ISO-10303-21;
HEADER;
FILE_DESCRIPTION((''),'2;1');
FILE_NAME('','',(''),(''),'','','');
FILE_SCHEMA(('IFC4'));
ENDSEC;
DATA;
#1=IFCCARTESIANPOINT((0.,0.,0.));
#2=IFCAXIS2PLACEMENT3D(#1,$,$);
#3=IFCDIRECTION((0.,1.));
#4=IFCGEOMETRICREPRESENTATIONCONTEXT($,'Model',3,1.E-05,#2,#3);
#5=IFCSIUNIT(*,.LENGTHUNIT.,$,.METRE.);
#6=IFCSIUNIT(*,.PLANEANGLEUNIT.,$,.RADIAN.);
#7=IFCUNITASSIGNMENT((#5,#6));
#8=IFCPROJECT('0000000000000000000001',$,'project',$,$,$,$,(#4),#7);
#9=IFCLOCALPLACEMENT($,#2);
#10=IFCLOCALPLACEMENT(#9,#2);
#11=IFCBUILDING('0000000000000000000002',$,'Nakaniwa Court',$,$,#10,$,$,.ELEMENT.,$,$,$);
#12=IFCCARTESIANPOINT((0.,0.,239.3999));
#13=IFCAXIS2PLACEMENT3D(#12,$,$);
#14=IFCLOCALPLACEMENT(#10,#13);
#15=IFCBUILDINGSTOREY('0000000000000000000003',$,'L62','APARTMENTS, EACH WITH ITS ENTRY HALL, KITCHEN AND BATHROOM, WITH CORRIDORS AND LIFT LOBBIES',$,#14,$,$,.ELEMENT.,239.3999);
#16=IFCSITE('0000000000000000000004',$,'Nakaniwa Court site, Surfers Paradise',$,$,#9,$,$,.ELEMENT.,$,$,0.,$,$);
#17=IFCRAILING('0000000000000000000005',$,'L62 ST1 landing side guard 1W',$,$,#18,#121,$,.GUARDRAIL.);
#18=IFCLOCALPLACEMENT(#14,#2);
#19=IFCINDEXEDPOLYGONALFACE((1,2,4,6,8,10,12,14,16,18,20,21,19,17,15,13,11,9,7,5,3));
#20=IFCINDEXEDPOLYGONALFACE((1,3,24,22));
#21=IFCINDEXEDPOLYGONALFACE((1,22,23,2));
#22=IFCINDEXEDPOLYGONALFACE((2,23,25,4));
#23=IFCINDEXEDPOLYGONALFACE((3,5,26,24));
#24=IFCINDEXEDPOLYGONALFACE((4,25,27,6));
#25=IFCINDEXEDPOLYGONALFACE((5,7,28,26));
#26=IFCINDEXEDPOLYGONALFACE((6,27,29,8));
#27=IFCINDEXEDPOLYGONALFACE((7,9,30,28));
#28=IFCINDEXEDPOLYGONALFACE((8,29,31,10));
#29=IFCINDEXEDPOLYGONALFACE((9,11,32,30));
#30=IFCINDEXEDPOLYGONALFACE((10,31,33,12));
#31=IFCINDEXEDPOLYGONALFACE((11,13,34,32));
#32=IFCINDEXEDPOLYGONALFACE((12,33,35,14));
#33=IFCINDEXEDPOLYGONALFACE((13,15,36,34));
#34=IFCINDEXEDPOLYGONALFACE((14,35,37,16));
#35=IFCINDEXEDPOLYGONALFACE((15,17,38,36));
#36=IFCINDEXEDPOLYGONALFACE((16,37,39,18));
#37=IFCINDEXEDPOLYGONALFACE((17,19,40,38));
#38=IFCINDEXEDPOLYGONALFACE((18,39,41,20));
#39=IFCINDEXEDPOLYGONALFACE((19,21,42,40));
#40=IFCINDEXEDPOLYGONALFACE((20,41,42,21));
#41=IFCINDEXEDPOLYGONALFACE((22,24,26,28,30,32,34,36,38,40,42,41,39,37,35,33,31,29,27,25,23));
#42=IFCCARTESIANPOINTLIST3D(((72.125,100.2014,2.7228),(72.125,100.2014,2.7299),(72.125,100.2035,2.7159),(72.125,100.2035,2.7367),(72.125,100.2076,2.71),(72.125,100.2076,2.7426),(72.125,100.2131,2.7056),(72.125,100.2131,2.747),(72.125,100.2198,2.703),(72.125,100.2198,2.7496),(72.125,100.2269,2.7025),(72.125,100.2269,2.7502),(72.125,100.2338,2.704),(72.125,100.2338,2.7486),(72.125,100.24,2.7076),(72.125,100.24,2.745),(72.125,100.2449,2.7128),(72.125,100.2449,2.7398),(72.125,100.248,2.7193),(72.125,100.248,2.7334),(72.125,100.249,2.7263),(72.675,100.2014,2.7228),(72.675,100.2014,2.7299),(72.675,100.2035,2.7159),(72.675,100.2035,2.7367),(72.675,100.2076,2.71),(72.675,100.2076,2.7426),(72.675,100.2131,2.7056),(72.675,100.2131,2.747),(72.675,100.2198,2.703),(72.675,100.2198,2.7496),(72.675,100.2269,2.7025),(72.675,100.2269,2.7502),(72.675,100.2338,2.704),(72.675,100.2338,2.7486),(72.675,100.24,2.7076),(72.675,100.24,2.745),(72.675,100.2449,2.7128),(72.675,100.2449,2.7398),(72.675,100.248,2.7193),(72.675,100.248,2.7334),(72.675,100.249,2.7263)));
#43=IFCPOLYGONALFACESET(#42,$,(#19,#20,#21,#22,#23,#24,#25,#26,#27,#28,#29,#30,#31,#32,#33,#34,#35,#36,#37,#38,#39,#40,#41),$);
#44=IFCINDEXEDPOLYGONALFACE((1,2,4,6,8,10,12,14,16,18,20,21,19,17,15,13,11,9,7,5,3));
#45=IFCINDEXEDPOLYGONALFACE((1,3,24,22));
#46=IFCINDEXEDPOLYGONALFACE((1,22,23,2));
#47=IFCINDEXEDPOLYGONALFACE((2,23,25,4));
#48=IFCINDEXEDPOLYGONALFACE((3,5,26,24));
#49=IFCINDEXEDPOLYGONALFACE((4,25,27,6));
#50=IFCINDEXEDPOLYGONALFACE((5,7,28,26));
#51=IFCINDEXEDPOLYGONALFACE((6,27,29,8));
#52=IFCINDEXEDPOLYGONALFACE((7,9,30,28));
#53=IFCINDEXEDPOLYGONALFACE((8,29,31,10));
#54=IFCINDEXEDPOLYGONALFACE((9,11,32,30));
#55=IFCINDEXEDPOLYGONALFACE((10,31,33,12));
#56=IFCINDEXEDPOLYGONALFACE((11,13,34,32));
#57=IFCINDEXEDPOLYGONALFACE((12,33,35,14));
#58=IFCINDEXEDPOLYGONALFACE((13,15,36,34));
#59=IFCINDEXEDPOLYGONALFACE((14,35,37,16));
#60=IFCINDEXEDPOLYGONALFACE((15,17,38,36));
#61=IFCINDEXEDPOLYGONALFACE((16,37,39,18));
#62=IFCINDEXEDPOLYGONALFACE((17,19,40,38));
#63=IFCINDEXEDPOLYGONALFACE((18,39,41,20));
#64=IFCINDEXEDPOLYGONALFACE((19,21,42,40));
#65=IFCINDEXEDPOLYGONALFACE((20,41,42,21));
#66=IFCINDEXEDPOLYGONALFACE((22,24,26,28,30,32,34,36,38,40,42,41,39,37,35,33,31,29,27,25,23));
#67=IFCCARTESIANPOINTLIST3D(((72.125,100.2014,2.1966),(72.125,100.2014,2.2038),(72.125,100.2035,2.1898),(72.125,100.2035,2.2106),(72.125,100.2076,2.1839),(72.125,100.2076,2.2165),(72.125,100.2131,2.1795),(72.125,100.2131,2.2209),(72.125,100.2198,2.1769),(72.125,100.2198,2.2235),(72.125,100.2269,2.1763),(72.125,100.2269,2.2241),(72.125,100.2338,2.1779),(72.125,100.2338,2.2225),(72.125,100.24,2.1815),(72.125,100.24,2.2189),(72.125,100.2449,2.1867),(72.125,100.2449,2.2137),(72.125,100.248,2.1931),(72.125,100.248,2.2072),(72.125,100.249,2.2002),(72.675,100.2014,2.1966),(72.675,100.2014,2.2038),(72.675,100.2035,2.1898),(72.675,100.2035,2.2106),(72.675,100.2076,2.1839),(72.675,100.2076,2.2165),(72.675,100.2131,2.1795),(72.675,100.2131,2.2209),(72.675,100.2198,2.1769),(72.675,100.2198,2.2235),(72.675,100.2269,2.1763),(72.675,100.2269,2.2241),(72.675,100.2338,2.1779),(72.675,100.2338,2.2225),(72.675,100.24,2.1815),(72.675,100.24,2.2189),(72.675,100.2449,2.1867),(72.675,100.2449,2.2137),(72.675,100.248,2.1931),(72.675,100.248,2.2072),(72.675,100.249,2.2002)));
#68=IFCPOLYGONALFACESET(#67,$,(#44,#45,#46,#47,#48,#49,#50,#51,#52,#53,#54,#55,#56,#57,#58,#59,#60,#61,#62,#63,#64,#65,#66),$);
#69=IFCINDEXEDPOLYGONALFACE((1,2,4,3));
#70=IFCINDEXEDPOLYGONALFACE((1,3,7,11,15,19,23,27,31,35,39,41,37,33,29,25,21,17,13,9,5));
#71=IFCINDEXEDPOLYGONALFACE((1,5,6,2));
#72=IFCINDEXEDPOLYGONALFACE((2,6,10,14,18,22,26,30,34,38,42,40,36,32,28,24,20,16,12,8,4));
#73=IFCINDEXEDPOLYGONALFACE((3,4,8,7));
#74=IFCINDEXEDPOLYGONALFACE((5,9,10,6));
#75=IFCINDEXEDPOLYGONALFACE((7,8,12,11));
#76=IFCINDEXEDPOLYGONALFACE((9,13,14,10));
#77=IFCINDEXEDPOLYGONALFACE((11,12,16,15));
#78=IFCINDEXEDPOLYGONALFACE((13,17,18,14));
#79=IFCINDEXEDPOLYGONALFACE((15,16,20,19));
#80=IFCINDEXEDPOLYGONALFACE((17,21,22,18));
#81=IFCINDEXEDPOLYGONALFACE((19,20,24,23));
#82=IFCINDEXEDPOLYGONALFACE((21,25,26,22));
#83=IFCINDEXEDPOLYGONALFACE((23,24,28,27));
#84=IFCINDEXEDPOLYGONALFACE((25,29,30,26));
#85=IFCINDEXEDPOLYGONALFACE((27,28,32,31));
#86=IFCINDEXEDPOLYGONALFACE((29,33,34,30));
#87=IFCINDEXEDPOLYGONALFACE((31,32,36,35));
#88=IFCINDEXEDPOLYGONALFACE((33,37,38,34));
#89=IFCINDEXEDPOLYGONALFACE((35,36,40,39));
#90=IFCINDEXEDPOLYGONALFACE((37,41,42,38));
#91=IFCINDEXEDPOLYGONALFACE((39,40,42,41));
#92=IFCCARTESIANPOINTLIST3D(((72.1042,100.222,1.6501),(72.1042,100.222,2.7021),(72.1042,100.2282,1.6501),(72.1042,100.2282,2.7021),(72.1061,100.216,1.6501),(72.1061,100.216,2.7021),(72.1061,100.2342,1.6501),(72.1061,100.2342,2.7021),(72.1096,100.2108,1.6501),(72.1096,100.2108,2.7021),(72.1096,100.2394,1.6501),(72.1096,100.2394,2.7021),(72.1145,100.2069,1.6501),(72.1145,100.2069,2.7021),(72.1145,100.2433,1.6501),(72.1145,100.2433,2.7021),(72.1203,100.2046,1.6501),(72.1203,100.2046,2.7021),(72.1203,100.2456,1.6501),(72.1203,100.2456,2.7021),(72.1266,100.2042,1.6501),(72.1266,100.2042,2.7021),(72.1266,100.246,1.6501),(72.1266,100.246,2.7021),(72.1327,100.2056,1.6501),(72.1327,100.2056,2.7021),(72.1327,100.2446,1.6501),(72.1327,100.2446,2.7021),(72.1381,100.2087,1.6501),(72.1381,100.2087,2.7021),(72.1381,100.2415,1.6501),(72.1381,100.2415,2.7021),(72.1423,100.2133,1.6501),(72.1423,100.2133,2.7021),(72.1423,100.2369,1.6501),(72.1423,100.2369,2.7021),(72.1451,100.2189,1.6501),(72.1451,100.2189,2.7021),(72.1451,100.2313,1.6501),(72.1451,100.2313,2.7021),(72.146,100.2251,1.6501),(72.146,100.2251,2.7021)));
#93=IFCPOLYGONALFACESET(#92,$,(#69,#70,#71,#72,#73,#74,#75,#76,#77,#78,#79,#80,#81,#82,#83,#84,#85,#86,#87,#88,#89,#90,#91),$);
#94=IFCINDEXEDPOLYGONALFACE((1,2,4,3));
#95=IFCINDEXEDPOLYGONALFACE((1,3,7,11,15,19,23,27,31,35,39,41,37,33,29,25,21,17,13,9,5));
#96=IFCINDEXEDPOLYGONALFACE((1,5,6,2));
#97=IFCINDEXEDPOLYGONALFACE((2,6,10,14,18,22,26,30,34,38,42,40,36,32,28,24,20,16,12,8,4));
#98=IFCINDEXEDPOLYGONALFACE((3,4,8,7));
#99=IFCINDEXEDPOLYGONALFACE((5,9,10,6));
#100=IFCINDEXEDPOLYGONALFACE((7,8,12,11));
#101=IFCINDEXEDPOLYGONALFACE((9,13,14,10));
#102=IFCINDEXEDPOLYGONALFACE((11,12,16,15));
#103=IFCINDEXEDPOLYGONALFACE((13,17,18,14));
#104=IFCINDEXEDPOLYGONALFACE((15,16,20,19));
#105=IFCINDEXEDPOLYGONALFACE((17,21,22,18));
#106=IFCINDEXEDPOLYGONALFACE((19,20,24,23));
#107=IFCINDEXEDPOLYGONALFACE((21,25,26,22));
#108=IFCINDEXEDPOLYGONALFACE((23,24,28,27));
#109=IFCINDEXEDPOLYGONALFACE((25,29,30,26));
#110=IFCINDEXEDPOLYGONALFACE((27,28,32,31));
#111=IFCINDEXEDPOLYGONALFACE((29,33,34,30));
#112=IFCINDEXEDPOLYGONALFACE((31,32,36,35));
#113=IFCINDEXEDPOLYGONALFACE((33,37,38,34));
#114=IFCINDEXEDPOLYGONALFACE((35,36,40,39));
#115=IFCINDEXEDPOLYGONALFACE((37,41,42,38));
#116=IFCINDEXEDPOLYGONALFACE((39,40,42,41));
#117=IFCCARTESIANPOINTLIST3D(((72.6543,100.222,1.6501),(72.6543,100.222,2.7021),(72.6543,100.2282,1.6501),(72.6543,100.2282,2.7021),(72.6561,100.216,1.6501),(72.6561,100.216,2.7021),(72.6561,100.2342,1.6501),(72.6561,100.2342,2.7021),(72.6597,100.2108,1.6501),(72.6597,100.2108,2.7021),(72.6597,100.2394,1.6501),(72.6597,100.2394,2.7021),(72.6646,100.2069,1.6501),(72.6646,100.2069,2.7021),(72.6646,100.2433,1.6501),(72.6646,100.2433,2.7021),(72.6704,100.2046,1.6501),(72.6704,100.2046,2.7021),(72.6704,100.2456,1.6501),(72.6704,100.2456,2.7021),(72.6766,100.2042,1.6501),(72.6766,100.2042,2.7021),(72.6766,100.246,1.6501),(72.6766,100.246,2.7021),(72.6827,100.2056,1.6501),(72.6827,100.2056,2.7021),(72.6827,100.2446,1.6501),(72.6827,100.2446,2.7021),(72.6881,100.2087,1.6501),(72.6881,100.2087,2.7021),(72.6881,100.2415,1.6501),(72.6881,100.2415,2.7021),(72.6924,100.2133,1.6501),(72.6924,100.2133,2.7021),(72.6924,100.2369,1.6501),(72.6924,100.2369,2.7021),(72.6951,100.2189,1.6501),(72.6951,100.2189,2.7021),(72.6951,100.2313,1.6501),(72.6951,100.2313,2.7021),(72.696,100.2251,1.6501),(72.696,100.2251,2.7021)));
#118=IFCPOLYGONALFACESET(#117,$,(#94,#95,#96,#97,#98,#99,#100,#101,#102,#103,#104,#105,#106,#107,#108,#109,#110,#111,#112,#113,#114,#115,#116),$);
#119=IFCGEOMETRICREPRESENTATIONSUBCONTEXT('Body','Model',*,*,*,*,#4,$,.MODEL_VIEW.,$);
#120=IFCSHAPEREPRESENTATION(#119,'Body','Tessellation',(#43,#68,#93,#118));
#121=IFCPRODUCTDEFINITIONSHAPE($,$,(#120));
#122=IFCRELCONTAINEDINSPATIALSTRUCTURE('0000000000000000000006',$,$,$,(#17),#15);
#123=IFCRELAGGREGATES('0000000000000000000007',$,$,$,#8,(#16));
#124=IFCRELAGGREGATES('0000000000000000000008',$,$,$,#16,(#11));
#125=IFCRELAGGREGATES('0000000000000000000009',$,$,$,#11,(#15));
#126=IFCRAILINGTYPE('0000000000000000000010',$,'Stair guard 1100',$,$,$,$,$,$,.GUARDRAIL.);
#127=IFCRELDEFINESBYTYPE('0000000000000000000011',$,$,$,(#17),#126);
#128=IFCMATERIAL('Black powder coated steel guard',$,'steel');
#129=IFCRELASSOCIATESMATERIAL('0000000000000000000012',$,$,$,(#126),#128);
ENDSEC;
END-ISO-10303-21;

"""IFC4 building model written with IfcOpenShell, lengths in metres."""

from ifc_helpers import new_model, si_unit, direction, frame, origin, origin_2d, place, context, subcontext, project, spatial, circle, extrude, material, type_object, element, save


model = new_model("IFC4")

# Units and contexts
model_context = context("Model", 3, precision=1e-05, world=origin(), true_north=direction((0.0, 1.0)))
body_context = subcontext(model_context, "Body", "Model", "MODEL_VIEW")
ifc_project = project(units=[si_unit("LENGTHUNIT", "METRE"), si_unit("PLANEANGLEUNIT", "RADIAN")], contexts=[model_context])

# Site, building, storey
site_placement = place(None, origin())
site = spatial("IfcSite", under=ifc_project, at=site_placement, Name="Nakaniwa Court site, Surfers Paradise", CompositionType="ELEMENT", RefElevation=0.0)
building_placement = place(site_placement, origin())
building = spatial("IfcBuilding", under=site, at=building_placement, Name="Nakaniwa Court", CompositionType="ELEMENT")
storey_placement = place(building_placement, frame((0.0, 0.0, 239.3999)))
storey = spatial("IfcBuildingStorey", under=building, at=storey_placement, Name="L62", Description="APARTMENTS, EACH WITH ITS ENTRY HALL, KITCHEN AND BATHROOM, WITH CORRIDORS AND LIFT LOBBIES", CompositionType="ELEMENT", Elevation=239.3999)

# Railing
ifc_material_1 = material(Name="Black powder coated steel guard", Category="steel")
railing_type_1 = type_object("IfcRailingType", Name="Stair guard 1100", PredefinedType="GUARDRAIL", material=ifc_material_1)
for number, where, name in (
    (1, (72.125, 100.2251, 1.6501), "L62 ST1 landing side guard 1W"),
):
    element("IfcRailing", number, at=place(storey_placement, frame(where)), inside=storey, type_object=railing_type_1, Name=name, PredefinedType="GUARDRAIL", context=body_context, shape_type="SweptSolid", body=[
        extrude(circle(Radius=0.0239, at=origin_2d()), frame((0.0, 0.0, 1.0762), z_axis=(1.0, 0.0, 0.0), x_axis=(0.0, 1.0, 0.0)), (0.0, 0.0, 1.0), 0.55),
        extrude(circle(Radius=0.0239, at=origin_2d()), frame((0.0, 0.0, 0.55), z_axis=(1.0, 0.0, 0.0), x_axis=(0.0, 1.0, 0.0)), (0.0, 0.0, 1.0), 0.55),
        extrude(circle(Radius=0.021, at=origin_2d()), origin(), (0.0, 0.0, 1.0), 1.052),
        extrude(circle(Radius=0.021, at=origin_2d()), frame((0.55, 0.0, 0.0)), (0.0, 0.0, 1.0), 1.052),
    ])

save(model, "model.ifc")
